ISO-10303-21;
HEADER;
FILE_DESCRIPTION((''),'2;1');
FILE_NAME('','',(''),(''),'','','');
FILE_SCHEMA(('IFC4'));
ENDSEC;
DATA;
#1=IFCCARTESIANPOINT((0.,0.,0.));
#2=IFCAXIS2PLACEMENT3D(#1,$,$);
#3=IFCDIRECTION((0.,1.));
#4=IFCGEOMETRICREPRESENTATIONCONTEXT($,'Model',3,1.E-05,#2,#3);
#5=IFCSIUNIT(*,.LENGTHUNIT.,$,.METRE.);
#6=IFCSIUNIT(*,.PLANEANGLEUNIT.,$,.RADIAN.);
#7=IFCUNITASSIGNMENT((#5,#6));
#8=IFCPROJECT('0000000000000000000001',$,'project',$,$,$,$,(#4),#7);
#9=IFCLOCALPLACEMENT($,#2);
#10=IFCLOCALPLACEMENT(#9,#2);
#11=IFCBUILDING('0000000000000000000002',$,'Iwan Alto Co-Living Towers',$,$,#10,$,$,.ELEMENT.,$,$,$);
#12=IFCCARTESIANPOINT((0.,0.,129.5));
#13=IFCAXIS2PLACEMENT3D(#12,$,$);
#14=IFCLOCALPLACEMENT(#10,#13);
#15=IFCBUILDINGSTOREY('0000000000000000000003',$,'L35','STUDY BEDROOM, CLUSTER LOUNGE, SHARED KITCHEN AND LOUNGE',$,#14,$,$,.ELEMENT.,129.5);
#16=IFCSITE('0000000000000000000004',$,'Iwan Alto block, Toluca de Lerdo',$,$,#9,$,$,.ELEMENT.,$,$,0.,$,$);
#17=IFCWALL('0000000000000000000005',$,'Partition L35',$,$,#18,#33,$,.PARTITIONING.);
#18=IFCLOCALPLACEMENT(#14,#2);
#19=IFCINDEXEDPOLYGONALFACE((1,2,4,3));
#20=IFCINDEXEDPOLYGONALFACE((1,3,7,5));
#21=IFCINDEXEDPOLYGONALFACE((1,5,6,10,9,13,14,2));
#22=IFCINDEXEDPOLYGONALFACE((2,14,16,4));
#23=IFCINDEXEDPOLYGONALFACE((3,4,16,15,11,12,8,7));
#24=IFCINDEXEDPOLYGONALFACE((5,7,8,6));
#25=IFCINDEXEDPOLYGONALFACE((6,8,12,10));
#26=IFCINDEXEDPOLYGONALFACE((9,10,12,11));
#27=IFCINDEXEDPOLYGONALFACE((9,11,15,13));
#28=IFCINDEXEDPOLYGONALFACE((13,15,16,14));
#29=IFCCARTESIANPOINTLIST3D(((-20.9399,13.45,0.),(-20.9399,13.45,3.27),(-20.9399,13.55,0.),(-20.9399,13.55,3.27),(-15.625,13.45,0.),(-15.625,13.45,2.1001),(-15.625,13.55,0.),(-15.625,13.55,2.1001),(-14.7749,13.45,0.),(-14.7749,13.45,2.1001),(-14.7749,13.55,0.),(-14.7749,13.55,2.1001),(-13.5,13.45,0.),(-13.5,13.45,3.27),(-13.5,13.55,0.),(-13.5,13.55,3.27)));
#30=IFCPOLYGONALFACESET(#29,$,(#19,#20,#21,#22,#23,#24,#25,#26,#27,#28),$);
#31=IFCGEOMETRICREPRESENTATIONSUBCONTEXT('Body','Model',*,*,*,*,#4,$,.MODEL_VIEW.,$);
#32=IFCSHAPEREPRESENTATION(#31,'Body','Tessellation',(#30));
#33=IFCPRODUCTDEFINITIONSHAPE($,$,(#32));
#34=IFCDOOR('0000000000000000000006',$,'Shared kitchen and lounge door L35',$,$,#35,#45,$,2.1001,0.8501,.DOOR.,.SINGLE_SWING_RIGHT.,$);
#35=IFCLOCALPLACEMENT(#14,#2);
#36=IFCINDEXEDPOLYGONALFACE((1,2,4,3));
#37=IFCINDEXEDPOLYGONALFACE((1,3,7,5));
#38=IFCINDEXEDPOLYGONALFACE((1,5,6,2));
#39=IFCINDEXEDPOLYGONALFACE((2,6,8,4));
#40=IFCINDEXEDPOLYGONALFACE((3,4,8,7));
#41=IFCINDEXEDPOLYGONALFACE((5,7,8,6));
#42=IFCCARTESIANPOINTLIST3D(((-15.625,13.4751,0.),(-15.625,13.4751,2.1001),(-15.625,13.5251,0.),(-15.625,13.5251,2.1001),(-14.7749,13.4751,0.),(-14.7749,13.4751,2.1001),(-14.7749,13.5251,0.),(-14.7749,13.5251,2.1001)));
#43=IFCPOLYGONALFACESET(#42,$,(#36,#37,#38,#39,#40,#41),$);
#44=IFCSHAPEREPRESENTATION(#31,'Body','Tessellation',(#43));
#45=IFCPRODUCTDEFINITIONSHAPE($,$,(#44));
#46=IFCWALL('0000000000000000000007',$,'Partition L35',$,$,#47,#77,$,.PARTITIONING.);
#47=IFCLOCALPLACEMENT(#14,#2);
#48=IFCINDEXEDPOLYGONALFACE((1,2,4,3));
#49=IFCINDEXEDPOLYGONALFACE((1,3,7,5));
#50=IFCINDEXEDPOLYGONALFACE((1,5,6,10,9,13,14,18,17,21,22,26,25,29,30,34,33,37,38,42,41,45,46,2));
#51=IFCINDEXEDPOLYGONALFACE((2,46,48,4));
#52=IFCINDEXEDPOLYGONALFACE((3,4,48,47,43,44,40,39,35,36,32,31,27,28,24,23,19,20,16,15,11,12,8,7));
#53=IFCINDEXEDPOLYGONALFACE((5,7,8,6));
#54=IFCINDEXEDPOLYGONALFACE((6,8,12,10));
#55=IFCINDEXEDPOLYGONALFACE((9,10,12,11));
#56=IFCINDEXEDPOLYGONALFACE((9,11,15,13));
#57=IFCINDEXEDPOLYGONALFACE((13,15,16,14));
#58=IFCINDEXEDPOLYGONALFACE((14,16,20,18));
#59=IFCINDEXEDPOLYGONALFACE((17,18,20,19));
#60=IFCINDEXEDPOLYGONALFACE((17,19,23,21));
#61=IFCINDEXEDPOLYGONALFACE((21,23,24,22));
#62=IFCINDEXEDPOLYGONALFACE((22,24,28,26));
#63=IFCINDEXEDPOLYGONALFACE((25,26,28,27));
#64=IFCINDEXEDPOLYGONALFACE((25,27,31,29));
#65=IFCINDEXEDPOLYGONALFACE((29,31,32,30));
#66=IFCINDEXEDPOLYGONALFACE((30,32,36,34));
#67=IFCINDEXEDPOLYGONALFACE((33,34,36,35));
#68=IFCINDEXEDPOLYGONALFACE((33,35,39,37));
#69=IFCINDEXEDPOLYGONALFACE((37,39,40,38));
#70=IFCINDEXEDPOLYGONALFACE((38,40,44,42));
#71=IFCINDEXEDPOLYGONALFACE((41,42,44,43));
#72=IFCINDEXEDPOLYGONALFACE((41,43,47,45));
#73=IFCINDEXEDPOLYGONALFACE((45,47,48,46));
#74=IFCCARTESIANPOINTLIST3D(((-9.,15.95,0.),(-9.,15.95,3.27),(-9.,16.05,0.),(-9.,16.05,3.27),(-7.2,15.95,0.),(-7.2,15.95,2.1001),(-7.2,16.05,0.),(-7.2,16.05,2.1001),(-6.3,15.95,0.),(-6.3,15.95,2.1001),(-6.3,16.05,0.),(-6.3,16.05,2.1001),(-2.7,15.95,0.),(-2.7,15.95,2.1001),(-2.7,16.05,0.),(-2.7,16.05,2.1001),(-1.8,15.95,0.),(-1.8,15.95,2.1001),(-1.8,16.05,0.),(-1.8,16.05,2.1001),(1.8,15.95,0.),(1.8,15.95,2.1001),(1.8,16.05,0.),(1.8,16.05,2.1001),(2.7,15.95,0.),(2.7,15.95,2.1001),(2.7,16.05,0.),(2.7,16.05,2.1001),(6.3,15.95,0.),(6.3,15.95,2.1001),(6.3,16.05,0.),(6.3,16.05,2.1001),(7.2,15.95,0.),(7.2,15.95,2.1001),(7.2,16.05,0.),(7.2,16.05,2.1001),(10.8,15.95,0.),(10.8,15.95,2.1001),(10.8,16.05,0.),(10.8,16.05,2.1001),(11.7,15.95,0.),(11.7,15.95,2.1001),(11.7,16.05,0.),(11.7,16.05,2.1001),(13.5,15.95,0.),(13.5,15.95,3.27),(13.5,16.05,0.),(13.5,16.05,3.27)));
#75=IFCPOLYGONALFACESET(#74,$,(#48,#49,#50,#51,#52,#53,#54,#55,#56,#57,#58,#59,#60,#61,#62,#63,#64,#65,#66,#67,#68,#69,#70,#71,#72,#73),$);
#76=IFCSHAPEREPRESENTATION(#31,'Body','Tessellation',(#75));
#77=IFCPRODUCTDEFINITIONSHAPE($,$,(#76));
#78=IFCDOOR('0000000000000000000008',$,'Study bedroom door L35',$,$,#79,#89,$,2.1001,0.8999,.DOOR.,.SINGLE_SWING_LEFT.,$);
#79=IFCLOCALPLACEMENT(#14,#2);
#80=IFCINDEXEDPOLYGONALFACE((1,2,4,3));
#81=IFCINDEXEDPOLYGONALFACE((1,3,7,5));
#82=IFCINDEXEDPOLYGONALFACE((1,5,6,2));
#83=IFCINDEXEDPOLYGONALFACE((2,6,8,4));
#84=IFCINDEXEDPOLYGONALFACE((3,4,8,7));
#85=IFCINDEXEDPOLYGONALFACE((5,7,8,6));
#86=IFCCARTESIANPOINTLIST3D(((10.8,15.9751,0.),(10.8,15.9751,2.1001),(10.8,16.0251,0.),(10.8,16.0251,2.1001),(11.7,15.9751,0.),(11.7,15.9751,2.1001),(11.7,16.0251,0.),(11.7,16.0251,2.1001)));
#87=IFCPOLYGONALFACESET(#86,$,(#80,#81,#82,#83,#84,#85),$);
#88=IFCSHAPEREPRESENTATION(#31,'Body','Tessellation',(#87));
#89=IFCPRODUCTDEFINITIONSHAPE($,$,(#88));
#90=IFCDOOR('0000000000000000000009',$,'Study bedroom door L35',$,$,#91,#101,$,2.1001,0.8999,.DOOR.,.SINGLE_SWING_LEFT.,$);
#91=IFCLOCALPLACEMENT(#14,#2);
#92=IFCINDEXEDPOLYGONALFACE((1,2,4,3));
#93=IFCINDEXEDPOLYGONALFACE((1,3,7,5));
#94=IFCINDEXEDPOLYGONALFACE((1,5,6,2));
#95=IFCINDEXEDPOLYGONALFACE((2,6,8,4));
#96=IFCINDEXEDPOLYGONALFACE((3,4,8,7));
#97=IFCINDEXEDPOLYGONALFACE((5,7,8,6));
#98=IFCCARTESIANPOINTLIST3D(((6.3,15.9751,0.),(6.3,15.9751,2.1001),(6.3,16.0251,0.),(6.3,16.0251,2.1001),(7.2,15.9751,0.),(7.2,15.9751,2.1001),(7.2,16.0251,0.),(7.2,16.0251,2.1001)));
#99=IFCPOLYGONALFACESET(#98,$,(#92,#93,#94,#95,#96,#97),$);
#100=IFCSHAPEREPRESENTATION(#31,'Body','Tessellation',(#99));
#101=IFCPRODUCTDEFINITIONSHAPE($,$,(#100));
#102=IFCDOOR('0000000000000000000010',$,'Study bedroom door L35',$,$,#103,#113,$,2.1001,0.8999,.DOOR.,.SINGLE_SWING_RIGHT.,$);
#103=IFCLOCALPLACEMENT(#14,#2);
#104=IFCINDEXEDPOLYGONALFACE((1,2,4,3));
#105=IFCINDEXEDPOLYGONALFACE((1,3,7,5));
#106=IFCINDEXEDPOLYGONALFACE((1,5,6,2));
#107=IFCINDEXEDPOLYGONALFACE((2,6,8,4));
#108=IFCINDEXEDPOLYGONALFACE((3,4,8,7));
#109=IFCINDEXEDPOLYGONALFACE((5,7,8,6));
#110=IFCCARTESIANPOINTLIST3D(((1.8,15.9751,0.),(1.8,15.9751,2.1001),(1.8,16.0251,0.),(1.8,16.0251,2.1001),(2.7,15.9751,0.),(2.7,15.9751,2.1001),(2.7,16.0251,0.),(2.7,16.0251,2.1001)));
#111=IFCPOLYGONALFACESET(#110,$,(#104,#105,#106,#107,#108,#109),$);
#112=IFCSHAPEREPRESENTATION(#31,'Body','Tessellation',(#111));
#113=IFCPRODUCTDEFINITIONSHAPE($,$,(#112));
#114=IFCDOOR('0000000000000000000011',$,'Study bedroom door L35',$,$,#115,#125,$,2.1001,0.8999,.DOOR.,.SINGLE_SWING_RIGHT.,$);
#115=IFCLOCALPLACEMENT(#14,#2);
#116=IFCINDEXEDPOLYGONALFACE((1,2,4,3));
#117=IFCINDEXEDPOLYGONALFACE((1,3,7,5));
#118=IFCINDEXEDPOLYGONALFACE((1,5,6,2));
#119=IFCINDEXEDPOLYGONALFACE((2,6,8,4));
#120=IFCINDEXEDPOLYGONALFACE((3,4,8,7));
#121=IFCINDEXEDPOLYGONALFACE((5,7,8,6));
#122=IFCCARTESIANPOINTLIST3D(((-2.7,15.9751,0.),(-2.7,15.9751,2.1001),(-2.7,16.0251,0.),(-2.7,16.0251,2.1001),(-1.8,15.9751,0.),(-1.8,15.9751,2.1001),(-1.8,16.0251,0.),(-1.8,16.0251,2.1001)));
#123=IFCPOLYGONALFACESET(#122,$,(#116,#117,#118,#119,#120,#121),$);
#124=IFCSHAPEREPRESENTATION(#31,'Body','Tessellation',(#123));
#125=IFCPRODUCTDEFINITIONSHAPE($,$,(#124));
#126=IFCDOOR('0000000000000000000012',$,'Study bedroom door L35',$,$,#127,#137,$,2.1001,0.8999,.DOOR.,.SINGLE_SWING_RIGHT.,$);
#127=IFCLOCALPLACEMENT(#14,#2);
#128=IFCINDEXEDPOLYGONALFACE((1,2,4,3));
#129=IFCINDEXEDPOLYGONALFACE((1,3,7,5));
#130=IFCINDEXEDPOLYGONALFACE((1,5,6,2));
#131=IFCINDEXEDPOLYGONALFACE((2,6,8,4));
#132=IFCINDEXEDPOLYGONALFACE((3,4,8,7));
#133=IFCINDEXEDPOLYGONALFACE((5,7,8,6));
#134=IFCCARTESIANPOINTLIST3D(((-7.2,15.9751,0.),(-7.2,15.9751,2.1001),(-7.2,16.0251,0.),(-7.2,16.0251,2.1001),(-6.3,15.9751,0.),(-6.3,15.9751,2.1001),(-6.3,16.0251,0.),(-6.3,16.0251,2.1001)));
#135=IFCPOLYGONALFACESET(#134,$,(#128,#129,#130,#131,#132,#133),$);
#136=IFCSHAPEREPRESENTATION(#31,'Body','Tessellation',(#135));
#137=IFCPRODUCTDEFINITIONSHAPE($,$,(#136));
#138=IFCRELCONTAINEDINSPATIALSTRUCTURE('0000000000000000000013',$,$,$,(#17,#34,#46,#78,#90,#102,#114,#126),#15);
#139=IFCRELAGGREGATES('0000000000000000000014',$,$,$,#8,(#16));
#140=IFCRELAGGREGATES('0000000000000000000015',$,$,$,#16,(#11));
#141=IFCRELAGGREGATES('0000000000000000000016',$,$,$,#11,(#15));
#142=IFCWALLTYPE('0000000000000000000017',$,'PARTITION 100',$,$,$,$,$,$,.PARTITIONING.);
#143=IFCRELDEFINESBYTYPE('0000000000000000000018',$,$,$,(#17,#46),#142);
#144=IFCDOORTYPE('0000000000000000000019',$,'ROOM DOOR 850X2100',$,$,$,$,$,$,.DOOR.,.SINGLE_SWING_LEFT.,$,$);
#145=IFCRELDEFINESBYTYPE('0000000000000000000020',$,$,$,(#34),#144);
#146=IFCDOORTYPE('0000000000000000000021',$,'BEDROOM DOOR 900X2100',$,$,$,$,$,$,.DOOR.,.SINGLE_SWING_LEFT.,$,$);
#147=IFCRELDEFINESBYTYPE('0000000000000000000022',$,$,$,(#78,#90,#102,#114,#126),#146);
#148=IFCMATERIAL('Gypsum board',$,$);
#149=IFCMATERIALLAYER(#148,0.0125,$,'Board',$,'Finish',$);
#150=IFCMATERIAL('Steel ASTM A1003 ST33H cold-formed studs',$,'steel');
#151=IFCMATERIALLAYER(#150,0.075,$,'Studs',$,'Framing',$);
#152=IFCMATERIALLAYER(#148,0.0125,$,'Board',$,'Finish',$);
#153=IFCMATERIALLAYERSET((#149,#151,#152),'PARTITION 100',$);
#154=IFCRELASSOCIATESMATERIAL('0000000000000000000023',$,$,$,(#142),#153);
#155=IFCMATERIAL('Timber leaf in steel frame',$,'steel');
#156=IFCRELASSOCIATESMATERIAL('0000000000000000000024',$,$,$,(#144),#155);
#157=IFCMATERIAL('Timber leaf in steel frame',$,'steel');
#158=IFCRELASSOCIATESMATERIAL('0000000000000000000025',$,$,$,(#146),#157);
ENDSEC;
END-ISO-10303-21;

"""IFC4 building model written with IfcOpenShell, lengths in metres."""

from ifc_helpers import new_model, si_unit, direction, frame, frame_2d, origin, place, context, subcontext, project, spatial, rectangle, extrude, material, layer, layer_set, type_object, element, fill, save


model = new_model("IFC4")

# Units and contexts
model_context = context("Model", 3, precision=1e-05, world=origin(), true_north=direction((0.0, 1.0)))
body_context = subcontext(model_context, "Body", "Model", "MODEL_VIEW")
ifc_project = project(units=[si_unit("LENGTHUNIT", "METRE"), si_unit("PLANEANGLEUNIT", "RADIAN")], contexts=[model_context])

# Site, building, storey
site_placement = place(None, origin())
site = spatial("IfcSite", under=ifc_project, at=site_placement, Name="Iwan Alto block, Toluca de Lerdo", CompositionType="ELEMENT", RefElevation=0.0)
building_placement = place(site_placement, origin())
building = spatial("IfcBuilding", under=site, at=building_placement, Name="Iwan Alto Co-Living Towers", CompositionType="ELEMENT")
storey_placement = place(building_placement, frame((0.0, 0.0, 129.5)))
storey = spatial("IfcBuildingStorey", under=building, at=storey_placement, Name="L35", Description="STUDY BEDROOM, CLUSTER LOUNGE, SHARED KITCHEN AND LOUNGE", CompositionType="ELEMENT", Elevation=129.5)

# Shared definitions
ifc_material_1 = material(Name="Gypsum board")
ifc_material_2 = material(Name="Steel ASTM A1003 ST33H cold-formed studs", Category="steel")

# Shared definitions
ifc_layer_1 = layer(ifc_material_1, 0.0125, Name="Board", Category="Finish")
ifc_layer_2 = layer(ifc_material_2, 0.075, Name="Studs", Category="Framing")
ifc_layer_3 = layer(ifc_material_1, 0.0125, Name="Board", Category="Finish")
ifc_layer_set_1 = layer_set([ifc_layer_1, ifc_layer_2, ifc_layer_3], Name="PARTITION 100")
wall_type_1 = type_object("IfcWallType", Name="PARTITION 100", PredefinedType="PARTITIONING", material=ifc_layer_set_1)

# Shared definitions
ifc_material_3 = material(Name="Timber leaf in steel frame", Category="steel")
door_type_1 = type_object("IfcDoorType", Name="ROOM DOOR 850X2100", OperationType="SINGLE_SWING_LEFT", PredefinedType="DOOR", material=ifc_material_3)

# Wall, opening, door
wall_1_placement = place(storey_placement, frame((-20.9399, 13.5, 0.0), z_axis=(0.0, 0.0, 1.0), x_axis=(1.0, 0.0, 0.0)))
wall_1 = element("IfcWall", 1, at=wall_1_placement, inside=storey, type_object=wall_type_1, Name="Partition L35", PredefinedType="PARTITIONING", context=body_context, shape_type="SweptSolid", body=[
    extrude(rectangle(XDim=7.4399, YDim=0.1001, at=frame_2d((3.72, 0.0))), origin(), (0.0, 0.0, 1.0), 3.27),
])
opening_1_placement = place(wall_1_placement, frame((5.3149, 0.0, 0.0)))
opening_1 = element("IfcOpeningElement", 2, at=opening_1_placement, cuts=wall_1, PredefinedType="OPENING", context=body_context, shape_type="SweptSolid", body=[
    extrude(rectangle(XDim=0.8501, YDim=2.1001, at=frame_2d((0.425, 1.05))), frame((0.0, 0.0601, 0.0), z_axis=(0.0, -1.0, 0.0), x_axis=(1.0, 0.0, 0.0)), (0.0, 0.0, 1.0), 0.1201),
])
door_1_placement = place(opening_1_placement, frame((0.8501, 0.0, 0.0), z_axis=(0.0, 0.0, 1.0), x_axis=(-1.0, 0.0, 0.0)))
door_1 = element("IfcDoor", 3, at=door_1_placement, inside=storey, type_object=door_type_1, Name="Shared kitchen and lounge door L35", OperationType="SINGLE_SWING_RIGHT", OverallHeight=2.1001, OverallWidth=0.8501, PredefinedType="DOOR", context=body_context, shape_type="SweptSolid", body=[
    extrude(rectangle(XDim=0.8501, YDim=2.1001, at=frame_2d((0.425, 1.05))), frame((0.0, 0.0249, 0.0), z_axis=(0.0, -1.0, 0.0), x_axis=(1.0, 0.0, 0.0)), (0.0, 0.0, 1.0), 0.05),
])
fill(opening_1, door_1)

# Wall, openings, doors
wall_2_placement = place(storey_placement, frame((-9.0, 16.0, 0.0), z_axis=(0.0, 0.0, 1.0), x_axis=(1.0, 0.0, 0.0)))
wall_2 = element("IfcWall", 4, at=wall_2_placement, inside=storey, type_object=wall_type_1, Name="Partition L35", PredefinedType="PARTITIONING", context=body_context, shape_type="SweptSolid", body=[
    extrude(rectangle(XDim=22.5, YDim=0.1001, at=frame_2d((11.25, 0.0))), origin(), (0.0, 0.0, 1.0), 3.27),
])
opening_2_placement = place(wall_2_placement, frame((19.8, 0.0, 0.0)))
opening_2 = element("IfcOpeningElement", 5, at=opening_2_placement, cuts=wall_2, PredefinedType="OPENING", context=body_context, shape_type="SweptSolid", body=[
    extrude(rectangle(XDim=0.8999, YDim=2.1001, at=frame_2d((0.45, 1.05))), frame((0.0, 0.0601, 0.0), z_axis=(0.0, -1.0, 0.0), x_axis=(1.0, 0.0, 0.0)), (0.0, 0.0, 1.0), 0.1201),
])
opening_3_placement = place(wall_2_placement, frame((15.3, 0.0, 0.0)))
opening_3 = element("IfcOpeningElement", 6, at=opening_3_placement, cuts=wall_2, PredefinedType="OPENING", context=body_context, shape_type="SweptSolid", body=[
    extrude(rectangle(XDim=0.8999, YDim=2.1001, at=frame_2d((0.45, 1.05))), frame((0.0, 0.0601, 0.0), z_axis=(0.0, -1.0, 0.0), x_axis=(1.0, 0.0, 0.0)), (0.0, 0.0, 1.0), 0.1201),
])
opening_4_placement = place(wall_2_placement, frame((10.8, 0.0, 0.0)))
opening_4 = element("IfcOpeningElement", 7, at=opening_4_placement, cuts=wall_2, PredefinedType="OPENING", context=body_context, shape_type="SweptSolid", body=[
    extrude(rectangle(XDim=0.8999, YDim=2.1001, at=frame_2d((0.45, 1.05))), frame((0.0, 0.0601, 0.0), z_axis=(0.0, -1.0, 0.0), x_axis=(1.0, 0.0, 0.0)), (0.0, 0.0, 1.0), 0.1201),
])
opening_5_placement = place(wall_2_placement, frame((6.3, 0.0, 0.0)))
opening_5 = element("IfcOpeningElement", 8, at=opening_5_placement, cuts=wall_2, PredefinedType="OPENING", context=body_context, shape_type="SweptSolid", body=[
    extrude(rectangle(XDim=0.8999, YDim=2.1001, at=frame_2d((0.45, 1.05))), frame((0.0, 0.0601, 0.0), z_axis=(0.0, -1.0, 0.0), x_axis=(1.0, 0.0, 0.0)), (0.0, 0.0, 1.0), 0.1201),
])
opening_6_placement = place(wall_2_placement, frame((1.8, 0.0, 0.0)))
opening_6 = element("IfcOpeningElement", 9, at=opening_6_placement, cuts=wall_2, PredefinedType="OPENING", context=body_context, shape_type="SweptSolid", body=[
    extrude(rectangle(XDim=0.8999, YDim=2.1001, at=frame_2d((0.45, 1.05))), frame((0.0, 0.0601, 0.0), z_axis=(0.0, -1.0, 0.0), x_axis=(1.0, 0.0, 0.0)), (0.0, 0.0, 1.0), 0.1201),
])
ifc_material_4 = material(Name="Timber leaf in steel frame", Category="steel")
door_type_2 = type_object("IfcDoorType", Name="BEDROOM DOOR 900X2100", OperationType="SINGLE_SWING_LEFT", PredefinedType="DOOR", material=ifc_material_4)
door_2_placement = place(opening_2_placement, frame((0.8999, 0.0, 0.0), z_axis=(0.0, 0.0, 1.0), x_axis=(-1.0, 0.0, 0.0)))
door_2 = element("IfcDoor", 10, at=door_2_placement, inside=storey, type_object=door_type_2, Name="Study bedroom door L35", OperationType="SINGLE_SWING_LEFT", OverallHeight=2.1001, OverallWidth=0.8999, PredefinedType="DOOR", context=body_context, shape_type="SweptSolid", body=[
    extrude(rectangle(XDim=0.8999, YDim=2.1001, at=frame_2d((0.45, 1.05))), frame((0.0, 0.0249, 0.0), z_axis=(0.0, -1.0, 0.0), x_axis=(1.0, 0.0, 0.0)), (0.0, 0.0, 1.0), 0.05),
])
fill(opening_2, door_2)
door_3_placement = place(opening_3_placement, frame((0.8999, 0.0, 0.0), z_axis=(0.0, 0.0, 1.0), x_axis=(-1.0, 0.0, 0.0)))
door_3 = element("IfcDoor", 11, at=door_3_placement, inside=storey, type_object=door_type_2, Name="Study bedroom door L35", OperationType="SINGLE_SWING_LEFT", OverallHeight=2.1001, OverallWidth=0.8999, PredefinedType="DOOR", context=body_context, shape_type="SweptSolid", body=[
    extrude(rectangle(XDim=0.8999, YDim=2.1001, at=frame_2d((0.45, 1.05))), frame((0.0, 0.0249, 0.0), z_axis=(0.0, -1.0, 0.0), x_axis=(1.0, 0.0, 0.0)), (0.0, 0.0, 1.0), 0.05),
])
fill(opening_3, door_3)
door_4_placement = place(opening_4_placement, frame((0.8999, 0.0, 0.0), z_axis=(0.0, 0.0, 1.0), x_axis=(-1.0, 0.0, 0.0)))
door_4 = element("IfcDoor", 12, at=door_4_placement, inside=storey, type_object=door_type_2, Name="Study bedroom door L35", OperationType="SINGLE_SWING_RIGHT", OverallHeight=2.1001, OverallWidth=0.8999, PredefinedType="DOOR", context=body_context, shape_type="SweptSolid", body=[
    extrude(rectangle(XDim=0.8999, YDim=2.1001, at=frame_2d((0.45, 1.05))), frame((0.0, 0.0249, 0.0), z_axis=(0.0, -1.0, 0.0), x_axis=(1.0, 0.0, 0.0)), (0.0, 0.0, 1.0), 0.05),
])
fill(opening_4, door_4)
door_5_placement = place(opening_5_placement, frame((0.8999, 0.0, 0.0), z_axis=(0.0, 0.0, 1.0), x_axis=(-1.0, 0.0, 0.0)))
door_5 = element("IfcDoor", 13, at=door_5_placement, inside=storey, type_object=door_type_2, Name="Study bedroom door L35", OperationType="SINGLE_SWING_RIGHT", OverallHeight=2.1001, OverallWidth=0.8999, PredefinedType="DOOR", context=body_context, shape_type="SweptSolid", body=[
    extrude(rectangle(XDim=0.8999, YDim=2.1001, at=frame_2d((0.45, 1.05))), frame((0.0, 0.0249, 0.0), z_axis=(0.0, -1.0, 0.0), x_axis=(1.0, 0.0, 0.0)), (0.0, 0.0, 1.0), 0.05),
])
fill(opening_5, door_5)
door_6_placement = place(opening_6_placement, frame((0.8999, 0.0, 0.0), z_axis=(0.0, 0.0, 1.0), x_axis=(-1.0, 0.0, 0.0)))
door_6 = element("IfcDoor", 14, at=door_6_placement, inside=storey, type_object=door_type_2, Name="Study bedroom door L35", OperationType="SINGLE_SWING_RIGHT", OverallHeight=2.1001, OverallWidth=0.8999, PredefinedType="DOOR", context=body_context, shape_type="SweptSolid", body=[
    extrude(rectangle(XDim=0.8999, YDim=2.1001, at=frame_2d((0.45, 1.05))), frame((0.0, 0.0249, 0.0), z_axis=(0.0, -1.0, 0.0), x_axis=(1.0, 0.0, 0.0)), (0.0, 0.0, 1.0), 0.05),
])
fill(opening_6, door_6)

save(model, "model.ifc")
